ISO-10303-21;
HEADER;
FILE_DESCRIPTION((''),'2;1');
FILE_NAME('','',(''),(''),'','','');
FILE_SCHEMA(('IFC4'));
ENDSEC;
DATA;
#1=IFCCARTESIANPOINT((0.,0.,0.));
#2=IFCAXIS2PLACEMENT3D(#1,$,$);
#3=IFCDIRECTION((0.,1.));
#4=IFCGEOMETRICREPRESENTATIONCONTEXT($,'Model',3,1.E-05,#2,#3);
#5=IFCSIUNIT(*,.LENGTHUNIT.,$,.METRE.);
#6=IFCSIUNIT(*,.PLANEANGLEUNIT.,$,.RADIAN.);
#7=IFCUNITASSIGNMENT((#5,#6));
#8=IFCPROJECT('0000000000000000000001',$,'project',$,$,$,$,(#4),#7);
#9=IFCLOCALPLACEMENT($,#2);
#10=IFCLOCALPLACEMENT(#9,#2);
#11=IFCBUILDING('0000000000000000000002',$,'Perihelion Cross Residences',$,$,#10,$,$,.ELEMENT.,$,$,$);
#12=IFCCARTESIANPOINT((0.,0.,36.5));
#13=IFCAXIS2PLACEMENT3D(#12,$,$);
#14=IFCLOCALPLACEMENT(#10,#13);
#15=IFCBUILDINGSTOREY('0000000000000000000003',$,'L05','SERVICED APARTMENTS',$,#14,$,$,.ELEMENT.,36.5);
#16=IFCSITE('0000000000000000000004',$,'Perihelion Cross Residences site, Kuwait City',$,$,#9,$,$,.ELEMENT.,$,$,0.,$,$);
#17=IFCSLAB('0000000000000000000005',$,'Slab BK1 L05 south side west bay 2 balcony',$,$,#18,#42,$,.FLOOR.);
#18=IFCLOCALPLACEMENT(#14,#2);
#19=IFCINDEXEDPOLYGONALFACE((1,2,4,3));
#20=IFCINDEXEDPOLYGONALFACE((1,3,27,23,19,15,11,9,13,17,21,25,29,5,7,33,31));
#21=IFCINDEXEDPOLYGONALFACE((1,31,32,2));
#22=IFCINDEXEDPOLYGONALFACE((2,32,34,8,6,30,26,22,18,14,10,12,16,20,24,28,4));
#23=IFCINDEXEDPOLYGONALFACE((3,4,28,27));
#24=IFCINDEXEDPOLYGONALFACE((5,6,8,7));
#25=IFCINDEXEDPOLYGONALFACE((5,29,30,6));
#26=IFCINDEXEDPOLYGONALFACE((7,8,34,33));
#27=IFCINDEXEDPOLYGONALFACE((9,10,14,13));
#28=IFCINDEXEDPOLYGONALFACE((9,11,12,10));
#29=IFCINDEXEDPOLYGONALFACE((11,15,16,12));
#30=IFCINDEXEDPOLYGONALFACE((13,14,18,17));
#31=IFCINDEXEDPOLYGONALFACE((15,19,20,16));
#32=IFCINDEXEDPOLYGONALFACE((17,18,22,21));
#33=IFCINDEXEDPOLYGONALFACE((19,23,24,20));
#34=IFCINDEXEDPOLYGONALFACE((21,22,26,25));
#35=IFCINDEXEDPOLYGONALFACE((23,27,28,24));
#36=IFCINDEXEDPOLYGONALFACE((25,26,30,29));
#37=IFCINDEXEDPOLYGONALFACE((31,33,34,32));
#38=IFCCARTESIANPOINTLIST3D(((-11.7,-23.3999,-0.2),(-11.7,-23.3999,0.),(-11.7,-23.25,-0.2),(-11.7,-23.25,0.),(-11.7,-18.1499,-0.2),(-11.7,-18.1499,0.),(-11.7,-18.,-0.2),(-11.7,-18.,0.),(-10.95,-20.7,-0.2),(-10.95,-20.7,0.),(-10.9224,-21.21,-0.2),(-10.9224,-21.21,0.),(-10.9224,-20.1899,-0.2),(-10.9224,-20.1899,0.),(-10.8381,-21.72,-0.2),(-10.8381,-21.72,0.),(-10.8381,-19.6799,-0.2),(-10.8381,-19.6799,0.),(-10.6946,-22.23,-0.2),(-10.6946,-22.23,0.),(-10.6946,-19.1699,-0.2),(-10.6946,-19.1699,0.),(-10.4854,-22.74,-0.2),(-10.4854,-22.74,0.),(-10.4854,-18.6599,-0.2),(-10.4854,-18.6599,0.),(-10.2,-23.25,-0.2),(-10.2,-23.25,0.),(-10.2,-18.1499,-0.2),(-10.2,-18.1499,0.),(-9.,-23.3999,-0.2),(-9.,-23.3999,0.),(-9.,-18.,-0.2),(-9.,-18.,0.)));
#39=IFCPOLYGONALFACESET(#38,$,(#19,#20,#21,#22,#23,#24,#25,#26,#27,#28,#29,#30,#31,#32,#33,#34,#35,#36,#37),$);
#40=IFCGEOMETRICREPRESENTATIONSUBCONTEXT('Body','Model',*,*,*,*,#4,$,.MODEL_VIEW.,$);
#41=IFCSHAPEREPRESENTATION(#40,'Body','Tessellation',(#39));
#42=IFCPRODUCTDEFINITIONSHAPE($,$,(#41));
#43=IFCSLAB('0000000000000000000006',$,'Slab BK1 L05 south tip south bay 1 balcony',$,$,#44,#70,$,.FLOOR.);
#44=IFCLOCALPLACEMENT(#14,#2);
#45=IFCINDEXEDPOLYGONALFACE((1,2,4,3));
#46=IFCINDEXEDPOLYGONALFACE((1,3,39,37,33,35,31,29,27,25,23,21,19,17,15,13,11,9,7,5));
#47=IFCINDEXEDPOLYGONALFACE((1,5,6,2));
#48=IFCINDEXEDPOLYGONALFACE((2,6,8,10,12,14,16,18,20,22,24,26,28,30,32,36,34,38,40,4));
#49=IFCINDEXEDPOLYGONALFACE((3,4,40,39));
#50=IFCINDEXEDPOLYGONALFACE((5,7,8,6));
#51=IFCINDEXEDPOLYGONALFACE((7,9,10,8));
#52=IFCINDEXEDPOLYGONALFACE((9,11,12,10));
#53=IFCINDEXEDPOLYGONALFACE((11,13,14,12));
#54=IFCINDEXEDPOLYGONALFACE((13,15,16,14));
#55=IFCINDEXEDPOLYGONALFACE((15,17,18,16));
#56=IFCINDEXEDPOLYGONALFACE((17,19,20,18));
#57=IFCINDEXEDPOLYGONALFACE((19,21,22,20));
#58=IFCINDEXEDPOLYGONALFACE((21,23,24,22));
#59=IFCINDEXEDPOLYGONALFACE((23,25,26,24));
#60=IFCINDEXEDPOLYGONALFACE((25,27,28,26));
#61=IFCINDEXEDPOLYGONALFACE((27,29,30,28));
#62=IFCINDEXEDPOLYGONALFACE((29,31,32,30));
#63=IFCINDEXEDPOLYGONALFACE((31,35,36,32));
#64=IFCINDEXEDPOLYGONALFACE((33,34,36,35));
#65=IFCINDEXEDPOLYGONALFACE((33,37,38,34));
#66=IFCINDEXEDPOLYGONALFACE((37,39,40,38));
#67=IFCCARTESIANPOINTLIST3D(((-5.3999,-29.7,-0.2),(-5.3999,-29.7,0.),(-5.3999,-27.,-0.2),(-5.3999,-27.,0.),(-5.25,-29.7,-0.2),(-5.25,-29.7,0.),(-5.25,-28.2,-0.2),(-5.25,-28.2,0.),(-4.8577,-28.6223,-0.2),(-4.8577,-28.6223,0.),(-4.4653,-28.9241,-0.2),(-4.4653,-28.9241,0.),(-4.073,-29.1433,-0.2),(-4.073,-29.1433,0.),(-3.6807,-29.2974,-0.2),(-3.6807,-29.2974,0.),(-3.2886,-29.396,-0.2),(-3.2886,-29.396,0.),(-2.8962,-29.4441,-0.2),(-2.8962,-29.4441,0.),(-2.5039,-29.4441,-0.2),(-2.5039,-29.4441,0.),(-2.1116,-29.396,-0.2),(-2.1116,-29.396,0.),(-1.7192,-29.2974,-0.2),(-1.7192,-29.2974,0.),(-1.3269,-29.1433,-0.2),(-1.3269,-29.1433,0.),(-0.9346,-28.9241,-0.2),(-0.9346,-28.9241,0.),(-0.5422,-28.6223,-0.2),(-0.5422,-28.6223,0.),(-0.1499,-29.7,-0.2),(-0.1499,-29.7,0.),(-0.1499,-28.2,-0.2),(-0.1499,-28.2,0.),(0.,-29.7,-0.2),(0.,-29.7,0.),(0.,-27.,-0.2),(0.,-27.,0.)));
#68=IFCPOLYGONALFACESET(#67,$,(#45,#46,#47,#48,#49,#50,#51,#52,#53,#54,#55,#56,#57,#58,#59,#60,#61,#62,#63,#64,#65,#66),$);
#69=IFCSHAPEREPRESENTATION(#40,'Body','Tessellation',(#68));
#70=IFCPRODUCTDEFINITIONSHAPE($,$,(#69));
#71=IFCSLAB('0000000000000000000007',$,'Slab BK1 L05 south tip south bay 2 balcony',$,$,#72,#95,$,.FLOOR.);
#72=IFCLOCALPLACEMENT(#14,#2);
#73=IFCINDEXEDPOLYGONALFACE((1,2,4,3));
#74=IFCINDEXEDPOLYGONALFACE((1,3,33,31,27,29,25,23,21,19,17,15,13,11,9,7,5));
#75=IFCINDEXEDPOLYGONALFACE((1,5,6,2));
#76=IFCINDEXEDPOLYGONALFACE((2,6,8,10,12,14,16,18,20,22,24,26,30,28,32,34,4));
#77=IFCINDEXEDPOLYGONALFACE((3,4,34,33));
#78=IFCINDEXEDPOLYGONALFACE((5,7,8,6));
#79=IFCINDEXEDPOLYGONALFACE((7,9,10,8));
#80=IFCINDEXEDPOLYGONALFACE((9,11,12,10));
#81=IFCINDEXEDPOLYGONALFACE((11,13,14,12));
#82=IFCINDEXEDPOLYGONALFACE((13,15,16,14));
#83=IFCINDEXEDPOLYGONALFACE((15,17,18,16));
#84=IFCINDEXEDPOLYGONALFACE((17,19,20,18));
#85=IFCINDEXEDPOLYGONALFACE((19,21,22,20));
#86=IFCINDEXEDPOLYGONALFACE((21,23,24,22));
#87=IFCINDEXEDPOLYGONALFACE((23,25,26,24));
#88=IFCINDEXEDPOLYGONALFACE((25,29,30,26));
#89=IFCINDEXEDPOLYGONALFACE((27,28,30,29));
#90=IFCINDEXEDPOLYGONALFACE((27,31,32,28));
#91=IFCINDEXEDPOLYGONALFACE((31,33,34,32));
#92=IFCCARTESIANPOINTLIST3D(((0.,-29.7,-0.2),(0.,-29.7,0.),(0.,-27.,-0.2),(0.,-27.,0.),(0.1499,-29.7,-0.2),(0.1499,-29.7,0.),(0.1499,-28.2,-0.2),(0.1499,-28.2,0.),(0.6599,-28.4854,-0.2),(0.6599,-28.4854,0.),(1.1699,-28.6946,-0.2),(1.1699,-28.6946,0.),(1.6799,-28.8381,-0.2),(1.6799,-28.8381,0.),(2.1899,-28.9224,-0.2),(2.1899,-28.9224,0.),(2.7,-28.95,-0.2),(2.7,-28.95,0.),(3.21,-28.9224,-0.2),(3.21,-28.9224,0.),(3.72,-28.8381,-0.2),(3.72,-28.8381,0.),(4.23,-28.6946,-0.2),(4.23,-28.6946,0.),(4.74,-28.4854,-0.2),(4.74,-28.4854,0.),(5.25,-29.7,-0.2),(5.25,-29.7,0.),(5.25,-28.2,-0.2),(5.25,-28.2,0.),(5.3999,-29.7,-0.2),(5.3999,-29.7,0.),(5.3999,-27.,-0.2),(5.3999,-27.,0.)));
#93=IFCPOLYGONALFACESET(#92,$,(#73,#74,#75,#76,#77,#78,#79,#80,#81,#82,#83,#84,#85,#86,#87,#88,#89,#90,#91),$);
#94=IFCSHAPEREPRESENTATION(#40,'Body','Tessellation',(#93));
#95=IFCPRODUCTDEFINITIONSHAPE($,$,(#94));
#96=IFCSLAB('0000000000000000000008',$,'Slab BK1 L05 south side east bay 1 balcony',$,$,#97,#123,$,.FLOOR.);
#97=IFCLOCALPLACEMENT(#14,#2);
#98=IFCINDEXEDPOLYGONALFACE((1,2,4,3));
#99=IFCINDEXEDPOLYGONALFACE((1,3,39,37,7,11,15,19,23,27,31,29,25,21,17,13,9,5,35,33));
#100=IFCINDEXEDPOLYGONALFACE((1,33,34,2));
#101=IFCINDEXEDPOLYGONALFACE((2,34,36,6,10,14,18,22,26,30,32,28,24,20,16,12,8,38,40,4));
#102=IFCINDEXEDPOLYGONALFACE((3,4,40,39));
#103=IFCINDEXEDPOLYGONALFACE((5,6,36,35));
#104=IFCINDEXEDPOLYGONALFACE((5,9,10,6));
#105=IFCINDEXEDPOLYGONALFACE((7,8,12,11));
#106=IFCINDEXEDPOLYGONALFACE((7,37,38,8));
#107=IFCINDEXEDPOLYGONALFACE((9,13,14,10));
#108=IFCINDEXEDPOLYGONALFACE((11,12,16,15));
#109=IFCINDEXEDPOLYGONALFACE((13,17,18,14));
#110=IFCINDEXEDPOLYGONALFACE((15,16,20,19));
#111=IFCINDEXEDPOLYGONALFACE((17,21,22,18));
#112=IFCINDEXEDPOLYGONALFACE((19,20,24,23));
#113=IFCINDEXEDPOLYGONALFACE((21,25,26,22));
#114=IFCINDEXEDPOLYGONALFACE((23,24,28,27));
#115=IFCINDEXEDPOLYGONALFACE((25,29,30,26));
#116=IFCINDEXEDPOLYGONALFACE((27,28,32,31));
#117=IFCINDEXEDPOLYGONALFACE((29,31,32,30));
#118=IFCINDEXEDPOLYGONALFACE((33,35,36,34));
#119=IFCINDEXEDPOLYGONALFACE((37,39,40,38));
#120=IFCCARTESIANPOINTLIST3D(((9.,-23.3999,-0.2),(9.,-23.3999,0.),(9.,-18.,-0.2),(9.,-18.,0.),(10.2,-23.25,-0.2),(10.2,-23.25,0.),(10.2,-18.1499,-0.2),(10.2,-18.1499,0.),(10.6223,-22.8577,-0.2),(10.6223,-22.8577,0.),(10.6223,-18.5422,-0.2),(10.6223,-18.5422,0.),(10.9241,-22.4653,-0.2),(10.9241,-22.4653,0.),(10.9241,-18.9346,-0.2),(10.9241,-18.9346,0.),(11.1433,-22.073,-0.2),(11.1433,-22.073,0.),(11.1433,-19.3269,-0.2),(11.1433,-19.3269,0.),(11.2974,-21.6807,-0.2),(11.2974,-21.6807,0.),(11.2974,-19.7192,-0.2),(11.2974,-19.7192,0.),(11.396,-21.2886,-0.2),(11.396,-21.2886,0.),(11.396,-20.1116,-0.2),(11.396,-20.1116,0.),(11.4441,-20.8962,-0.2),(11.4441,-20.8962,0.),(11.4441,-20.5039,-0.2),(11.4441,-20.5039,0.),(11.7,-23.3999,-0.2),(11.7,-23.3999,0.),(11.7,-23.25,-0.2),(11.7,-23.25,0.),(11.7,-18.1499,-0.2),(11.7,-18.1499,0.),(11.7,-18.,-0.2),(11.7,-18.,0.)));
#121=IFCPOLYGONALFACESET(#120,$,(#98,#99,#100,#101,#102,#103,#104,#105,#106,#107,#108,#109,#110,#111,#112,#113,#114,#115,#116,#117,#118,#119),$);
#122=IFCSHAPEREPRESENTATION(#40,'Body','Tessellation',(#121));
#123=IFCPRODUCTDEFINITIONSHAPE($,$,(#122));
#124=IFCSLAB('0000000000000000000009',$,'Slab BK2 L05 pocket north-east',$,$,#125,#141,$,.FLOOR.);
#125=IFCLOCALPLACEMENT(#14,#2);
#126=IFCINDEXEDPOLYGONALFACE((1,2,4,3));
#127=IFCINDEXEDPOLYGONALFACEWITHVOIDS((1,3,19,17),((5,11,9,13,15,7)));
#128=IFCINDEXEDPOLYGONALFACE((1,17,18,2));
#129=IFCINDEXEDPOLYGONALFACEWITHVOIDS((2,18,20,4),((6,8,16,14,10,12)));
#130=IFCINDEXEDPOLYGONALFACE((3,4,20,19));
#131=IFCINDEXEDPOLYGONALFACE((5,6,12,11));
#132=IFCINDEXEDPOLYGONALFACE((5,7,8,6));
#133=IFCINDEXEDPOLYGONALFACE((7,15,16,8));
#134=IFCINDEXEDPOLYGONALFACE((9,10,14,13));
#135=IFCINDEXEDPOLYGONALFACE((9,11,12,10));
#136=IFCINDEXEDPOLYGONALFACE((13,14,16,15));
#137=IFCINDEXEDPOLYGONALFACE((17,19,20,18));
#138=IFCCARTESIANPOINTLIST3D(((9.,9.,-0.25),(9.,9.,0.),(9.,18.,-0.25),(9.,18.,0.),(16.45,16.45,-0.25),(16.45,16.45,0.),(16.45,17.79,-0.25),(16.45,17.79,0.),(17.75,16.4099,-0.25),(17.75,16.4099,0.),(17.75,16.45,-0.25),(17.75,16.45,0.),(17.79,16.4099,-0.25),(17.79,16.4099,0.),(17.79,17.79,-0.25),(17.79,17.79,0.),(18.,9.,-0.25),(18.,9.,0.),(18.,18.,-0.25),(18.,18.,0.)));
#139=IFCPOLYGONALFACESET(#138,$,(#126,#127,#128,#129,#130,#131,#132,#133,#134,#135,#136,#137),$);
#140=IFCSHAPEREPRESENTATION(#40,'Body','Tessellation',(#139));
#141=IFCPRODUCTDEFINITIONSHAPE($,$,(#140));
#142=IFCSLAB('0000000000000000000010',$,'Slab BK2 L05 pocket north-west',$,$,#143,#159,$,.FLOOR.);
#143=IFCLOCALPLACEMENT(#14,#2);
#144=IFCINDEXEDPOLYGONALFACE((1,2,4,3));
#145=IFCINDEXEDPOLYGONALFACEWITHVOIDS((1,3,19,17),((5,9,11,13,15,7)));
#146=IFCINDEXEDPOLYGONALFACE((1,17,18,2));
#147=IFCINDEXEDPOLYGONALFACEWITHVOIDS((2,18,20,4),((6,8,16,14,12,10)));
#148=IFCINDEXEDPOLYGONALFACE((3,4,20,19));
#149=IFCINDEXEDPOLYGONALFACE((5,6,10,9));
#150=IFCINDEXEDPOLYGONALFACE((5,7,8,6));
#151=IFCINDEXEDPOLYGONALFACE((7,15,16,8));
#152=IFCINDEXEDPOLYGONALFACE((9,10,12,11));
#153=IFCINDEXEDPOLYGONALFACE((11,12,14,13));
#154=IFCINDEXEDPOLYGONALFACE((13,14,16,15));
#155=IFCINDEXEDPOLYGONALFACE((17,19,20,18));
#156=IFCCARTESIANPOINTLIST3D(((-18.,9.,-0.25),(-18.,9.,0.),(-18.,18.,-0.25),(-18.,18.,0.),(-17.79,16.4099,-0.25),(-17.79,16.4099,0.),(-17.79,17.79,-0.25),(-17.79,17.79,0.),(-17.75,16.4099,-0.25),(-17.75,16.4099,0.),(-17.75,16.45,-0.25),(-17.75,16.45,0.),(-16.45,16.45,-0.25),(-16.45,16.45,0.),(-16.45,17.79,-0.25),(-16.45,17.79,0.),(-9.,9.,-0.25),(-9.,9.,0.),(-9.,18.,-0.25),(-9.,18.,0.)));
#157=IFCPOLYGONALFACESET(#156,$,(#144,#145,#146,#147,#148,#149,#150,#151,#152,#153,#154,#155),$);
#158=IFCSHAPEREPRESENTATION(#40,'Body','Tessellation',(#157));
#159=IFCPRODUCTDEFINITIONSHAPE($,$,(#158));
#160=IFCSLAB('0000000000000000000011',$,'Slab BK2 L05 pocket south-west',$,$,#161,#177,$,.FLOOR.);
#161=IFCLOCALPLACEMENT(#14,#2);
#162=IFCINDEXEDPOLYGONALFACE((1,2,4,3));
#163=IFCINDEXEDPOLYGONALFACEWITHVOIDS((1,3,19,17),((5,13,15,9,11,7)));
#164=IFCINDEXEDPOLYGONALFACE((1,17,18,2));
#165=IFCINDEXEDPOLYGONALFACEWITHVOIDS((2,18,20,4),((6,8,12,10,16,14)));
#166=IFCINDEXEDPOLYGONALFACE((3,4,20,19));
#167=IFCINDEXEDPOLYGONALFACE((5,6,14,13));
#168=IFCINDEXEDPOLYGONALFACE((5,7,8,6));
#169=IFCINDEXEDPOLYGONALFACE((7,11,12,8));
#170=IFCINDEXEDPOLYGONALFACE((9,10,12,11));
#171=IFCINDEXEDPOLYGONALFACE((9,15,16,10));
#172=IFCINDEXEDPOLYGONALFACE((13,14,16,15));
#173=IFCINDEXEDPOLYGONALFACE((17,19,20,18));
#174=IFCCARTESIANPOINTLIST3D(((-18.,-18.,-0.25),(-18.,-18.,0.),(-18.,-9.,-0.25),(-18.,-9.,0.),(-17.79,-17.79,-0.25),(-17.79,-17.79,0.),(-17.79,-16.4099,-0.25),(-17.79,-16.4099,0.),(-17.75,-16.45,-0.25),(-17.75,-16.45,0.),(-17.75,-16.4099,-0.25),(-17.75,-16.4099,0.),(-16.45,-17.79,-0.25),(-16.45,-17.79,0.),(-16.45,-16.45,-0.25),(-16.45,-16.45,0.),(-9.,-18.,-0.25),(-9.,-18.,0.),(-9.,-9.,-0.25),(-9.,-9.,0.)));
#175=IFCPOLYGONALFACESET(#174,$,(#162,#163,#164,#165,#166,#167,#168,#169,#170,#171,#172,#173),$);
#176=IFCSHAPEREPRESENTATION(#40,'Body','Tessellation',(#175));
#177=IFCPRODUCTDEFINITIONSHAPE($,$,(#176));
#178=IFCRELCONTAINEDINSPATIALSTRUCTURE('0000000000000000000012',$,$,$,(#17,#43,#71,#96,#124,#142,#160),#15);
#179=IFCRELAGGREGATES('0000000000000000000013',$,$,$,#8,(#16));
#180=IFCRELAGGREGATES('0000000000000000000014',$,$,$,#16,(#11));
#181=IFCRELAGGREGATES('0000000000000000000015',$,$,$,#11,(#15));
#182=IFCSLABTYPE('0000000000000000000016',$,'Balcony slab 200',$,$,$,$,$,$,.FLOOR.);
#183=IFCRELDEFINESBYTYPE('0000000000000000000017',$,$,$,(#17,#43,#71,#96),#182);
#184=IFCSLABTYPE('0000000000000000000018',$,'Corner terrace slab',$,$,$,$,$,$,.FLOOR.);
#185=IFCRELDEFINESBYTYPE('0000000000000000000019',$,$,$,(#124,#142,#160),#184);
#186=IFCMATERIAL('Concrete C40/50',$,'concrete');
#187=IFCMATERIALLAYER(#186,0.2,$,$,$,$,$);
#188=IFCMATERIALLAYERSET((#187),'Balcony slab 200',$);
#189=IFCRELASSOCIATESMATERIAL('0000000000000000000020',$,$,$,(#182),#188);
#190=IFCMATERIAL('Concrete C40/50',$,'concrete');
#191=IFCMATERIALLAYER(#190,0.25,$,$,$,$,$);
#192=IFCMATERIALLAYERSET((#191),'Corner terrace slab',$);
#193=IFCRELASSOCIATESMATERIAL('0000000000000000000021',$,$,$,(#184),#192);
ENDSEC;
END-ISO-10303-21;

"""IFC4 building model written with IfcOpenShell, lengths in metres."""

from ifc_helpers import new_model, si_unit, direction, frame, origin, place, context, subcontext, project, spatial, polyline, outline, extrude, material, layer, layer_set, type_object, element, save


model = new_model("IFC4")

# Units and contexts
model_context = context("Model", 3, precision=1e-05, world=origin(), true_north=direction((0.0, 1.0)))
body_context = subcontext(model_context, "Body", "Model", "MODEL_VIEW")
ifc_project = project(units=[si_unit("LENGTHUNIT", "METRE"), si_unit("PLANEANGLEUNIT", "RADIAN")], contexts=[model_context])

# Site, building, storey
site_placement = place(None, origin())
site = spatial("IfcSite", under=ifc_project, at=site_placement, Name="Perihelion Cross Residences site, Kuwait City", CompositionType="ELEMENT", RefElevation=0.0)
building_placement = place(site_placement, origin())
building = spatial("IfcBuilding", under=site, at=building_placement, Name="Perihelion Cross Residences", CompositionType="ELEMENT")
storey_placement = place(building_placement, frame((0.0, 0.0, 36.5)))
storey = spatial("IfcBuildingStorey", under=building, at=storey_placement, Name="L05", Description="SERVICED APARTMENTS", CompositionType="ELEMENT", Elevation=36.5)

# Slabs
ifc_material_1 = material(Name="Concrete C40/50", Category="concrete")
ifc_layer_1 = layer(ifc_material_1, 0.2)
ifc_layer_set_1 = layer_set([ifc_layer_1], Name="Balcony slab 200")
slab_type_1 = type_object("IfcSlabType", Name="Balcony slab 200", PredefinedType="FLOOR", material=ifc_layer_set_1)
slab_1_placement = place(storey_placement, frame((0.0, 0.0, -0.2)))
element("IfcSlab", 1, at=slab_1_placement, inside=storey, type_object=slab_type_1, Name="Slab BK1 L05 south side west bay 2 balcony", PredefinedType="FLOOR", context=body_context, shape_type="SweptSolid", body=[
    extrude(outline(polyline([(-9.0, -18.0), (-9.0, -23.3999), (-11.7, -23.3999), (-11.7, -23.25), (-10.2, -23.25), (-10.4854, -22.74), (-10.6946, -22.23), (-10.8381, -21.72), (-10.9224, -21.21), (-10.95, -20.7), (-10.9224, -20.1899), (-10.8381, -19.6799), (-10.6946, -19.1699), (-10.4854, -18.6599), (-10.2, -18.1499), (-11.7, -18.1499), (-11.7, -18.0), (-9.0, -18.0)])), origin(), (0.0, 0.0, 1.0), 0.2),
])
slab_2_placement = place(storey_placement, frame((0.0, 0.0, -0.2)))
element("IfcSlab", 2, at=slab_2_placement, inside=storey, type_object=slab_type_1, Name="Slab BK1 L05 south tip south bay 1 balcony", PredefinedType="FLOOR", context=body_context, shape_type="SweptSolid", body=[
    extrude(outline(polyline([(-5.3999, -27.0), (0.0, -27.0), (0.0, -29.7), (-0.1499, -29.7), (-0.1499, -28.2), (-0.5422, -28.6223), (-0.9346, -28.9241), (-1.3269, -29.1433), (-1.7192, -29.2974), (-2.1116, -29.396), (-2.5039, -29.4441), (-2.8962, -29.4441), (-3.2886, -29.396), (-3.6807, -29.2974), (-4.073, -29.1433), (-4.4653, -28.9241), (-4.8577, -28.6223), (-5.25, -28.2), (-5.25, -29.7), (-5.3999, -29.7), (-5.3999, -27.0)])), origin(), (0.0, 0.0, 1.0), 0.2),
])
slab_3_placement = place(storey_placement, frame((0.0, 0.0, -0.2)))
element("IfcSlab", 3, at=slab_3_placement, inside=storey, type_object=slab_type_1, Name="Slab BK1 L05 south tip south bay 2 balcony", PredefinedType="FLOOR", context=body_context, shape_type="SweptSolid", body=[
    extrude(outline(polyline([(0.0, -27.0), (5.3999, -27.0), (5.3999, -29.7), (5.25, -29.7), (5.25, -28.2), (4.74, -28.4854), (4.23, -28.6946), (3.72, -28.8381), (3.21, -28.9224), (2.7, -28.95), (2.1899, -28.9224), (1.6799, -28.8381), (1.1699, -28.6946), (0.6599, -28.4854), (0.1499, -28.2), (0.1499, -29.7), (0.0, -29.7), (0.0, -27.0)])), origin(), (0.0, 0.0, 1.0), 0.2),
])
slab_4_placement = place(storey_placement, frame((0.0, 0.0, -0.2)))
element("IfcSlab", 4, at=slab_4_placement, inside=storey, type_object=slab_type_1, Name="Slab BK1 L05 south side east bay 1 balcony", PredefinedType="FLOOR", context=body_context, shape_type="SweptSolid", body=[
    extrude(outline(polyline([(9.0, -23.3999), (9.0, -18.0), (11.7, -18.0), (11.7, -18.1499), (10.2, -18.1499), (10.6223, -18.5422), (10.9241, -18.9346), (11.1433, -19.3269), (11.2974, -19.7192), (11.396, -20.1116), (11.4441, -20.5039), (11.4441, -20.8962), (11.396, -21.2886), (11.2974, -21.6807), (11.1433, -22.073), (10.9241, -22.4653), (10.6223, -22.8577), (10.2, -23.25), (11.7, -23.25), (11.7, -23.3999), (9.0, -23.3999)])), origin(), (0.0, 0.0, 1.0), 0.2),
])
ifc_material_2 = material(Name="Concrete C40/50", Category="concrete")
ifc_layer_2 = layer(ifc_material_2, 0.25)
ifc_layer_set_2 = layer_set([ifc_layer_2], Name="Corner terrace slab")
slab_type_2 = type_object("IfcSlabType", Name="Corner terrace slab", PredefinedType="FLOOR", material=ifc_layer_set_2)
slab_5_placement = place(storey_placement, frame((0.0, 0.0, -0.25)))
element("IfcSlab", 5, at=slab_5_placement, inside=storey, type_object=slab_type_2, Name="Slab BK2 L05 pocket north-east", PredefinedType="FLOOR", context=body_context, shape_type="SweptSolid", body=[
    extrude(outline(polyline([(18.0, 9.0), (18.0, 18.0), (9.0, 18.0), (9.0, 9.0), (18.0, 9.0)]), holes=[polyline([(16.45, 16.45), (16.45, 17.79), (17.79, 17.79), (17.79, 16.4099), (17.75, 16.4099), (17.75, 16.45), (16.45, 16.45)])]), origin(), (0.0, 0.0, 1.0), 0.25),
])
slab_6_placement = place(storey_placement, frame((0.0, 0.0, -0.25)))
element("IfcSlab", 6, at=slab_6_placement, inside=storey, type_object=slab_type_2, Name="Slab BK2 L05 pocket north-west", PredefinedType="FLOOR", context=body_context, shape_type="SweptSolid", body=[
    extrude(outline(polyline([(-9.0, 9.0), (-9.0, 18.0), (-18.0, 18.0), (-18.0, 9.0), (-9.0, 9.0)]), holes=[polyline([(-17.79, 16.4099), (-17.79, 17.79), (-16.45, 17.79), (-16.45, 16.45), (-17.75, 16.45), (-17.75, 16.4099), (-17.79, 16.4099)])]), origin(), (0.0, 0.0, 1.0), 0.25),
])
slab_7_placement = place(storey_placement, frame((0.0, 0.0, -0.25)))
element("IfcSlab", 7, at=slab_7_placement, inside=storey, type_object=slab_type_2, Name="Slab BK2 L05 pocket south-west", PredefinedType="FLOOR", context=body_context, shape_type="SweptSolid", body=[
    extrude(outline(polyline([(-9.0, -18.0), (-9.0, -9.0), (-18.0, -9.0), (-18.0, -18.0), (-9.0, -18.0)]), holes=[polyline([(-17.79, -16.4099), (-17.75, -16.4099), (-17.75, -16.45), (-16.45, -16.45), (-16.45, -17.79), (-17.79, -17.79), (-17.79, -16.4099)])]), origin(), (0.0, 0.0, 1.0), 0.25),
])

save(model, "model.ifc")
